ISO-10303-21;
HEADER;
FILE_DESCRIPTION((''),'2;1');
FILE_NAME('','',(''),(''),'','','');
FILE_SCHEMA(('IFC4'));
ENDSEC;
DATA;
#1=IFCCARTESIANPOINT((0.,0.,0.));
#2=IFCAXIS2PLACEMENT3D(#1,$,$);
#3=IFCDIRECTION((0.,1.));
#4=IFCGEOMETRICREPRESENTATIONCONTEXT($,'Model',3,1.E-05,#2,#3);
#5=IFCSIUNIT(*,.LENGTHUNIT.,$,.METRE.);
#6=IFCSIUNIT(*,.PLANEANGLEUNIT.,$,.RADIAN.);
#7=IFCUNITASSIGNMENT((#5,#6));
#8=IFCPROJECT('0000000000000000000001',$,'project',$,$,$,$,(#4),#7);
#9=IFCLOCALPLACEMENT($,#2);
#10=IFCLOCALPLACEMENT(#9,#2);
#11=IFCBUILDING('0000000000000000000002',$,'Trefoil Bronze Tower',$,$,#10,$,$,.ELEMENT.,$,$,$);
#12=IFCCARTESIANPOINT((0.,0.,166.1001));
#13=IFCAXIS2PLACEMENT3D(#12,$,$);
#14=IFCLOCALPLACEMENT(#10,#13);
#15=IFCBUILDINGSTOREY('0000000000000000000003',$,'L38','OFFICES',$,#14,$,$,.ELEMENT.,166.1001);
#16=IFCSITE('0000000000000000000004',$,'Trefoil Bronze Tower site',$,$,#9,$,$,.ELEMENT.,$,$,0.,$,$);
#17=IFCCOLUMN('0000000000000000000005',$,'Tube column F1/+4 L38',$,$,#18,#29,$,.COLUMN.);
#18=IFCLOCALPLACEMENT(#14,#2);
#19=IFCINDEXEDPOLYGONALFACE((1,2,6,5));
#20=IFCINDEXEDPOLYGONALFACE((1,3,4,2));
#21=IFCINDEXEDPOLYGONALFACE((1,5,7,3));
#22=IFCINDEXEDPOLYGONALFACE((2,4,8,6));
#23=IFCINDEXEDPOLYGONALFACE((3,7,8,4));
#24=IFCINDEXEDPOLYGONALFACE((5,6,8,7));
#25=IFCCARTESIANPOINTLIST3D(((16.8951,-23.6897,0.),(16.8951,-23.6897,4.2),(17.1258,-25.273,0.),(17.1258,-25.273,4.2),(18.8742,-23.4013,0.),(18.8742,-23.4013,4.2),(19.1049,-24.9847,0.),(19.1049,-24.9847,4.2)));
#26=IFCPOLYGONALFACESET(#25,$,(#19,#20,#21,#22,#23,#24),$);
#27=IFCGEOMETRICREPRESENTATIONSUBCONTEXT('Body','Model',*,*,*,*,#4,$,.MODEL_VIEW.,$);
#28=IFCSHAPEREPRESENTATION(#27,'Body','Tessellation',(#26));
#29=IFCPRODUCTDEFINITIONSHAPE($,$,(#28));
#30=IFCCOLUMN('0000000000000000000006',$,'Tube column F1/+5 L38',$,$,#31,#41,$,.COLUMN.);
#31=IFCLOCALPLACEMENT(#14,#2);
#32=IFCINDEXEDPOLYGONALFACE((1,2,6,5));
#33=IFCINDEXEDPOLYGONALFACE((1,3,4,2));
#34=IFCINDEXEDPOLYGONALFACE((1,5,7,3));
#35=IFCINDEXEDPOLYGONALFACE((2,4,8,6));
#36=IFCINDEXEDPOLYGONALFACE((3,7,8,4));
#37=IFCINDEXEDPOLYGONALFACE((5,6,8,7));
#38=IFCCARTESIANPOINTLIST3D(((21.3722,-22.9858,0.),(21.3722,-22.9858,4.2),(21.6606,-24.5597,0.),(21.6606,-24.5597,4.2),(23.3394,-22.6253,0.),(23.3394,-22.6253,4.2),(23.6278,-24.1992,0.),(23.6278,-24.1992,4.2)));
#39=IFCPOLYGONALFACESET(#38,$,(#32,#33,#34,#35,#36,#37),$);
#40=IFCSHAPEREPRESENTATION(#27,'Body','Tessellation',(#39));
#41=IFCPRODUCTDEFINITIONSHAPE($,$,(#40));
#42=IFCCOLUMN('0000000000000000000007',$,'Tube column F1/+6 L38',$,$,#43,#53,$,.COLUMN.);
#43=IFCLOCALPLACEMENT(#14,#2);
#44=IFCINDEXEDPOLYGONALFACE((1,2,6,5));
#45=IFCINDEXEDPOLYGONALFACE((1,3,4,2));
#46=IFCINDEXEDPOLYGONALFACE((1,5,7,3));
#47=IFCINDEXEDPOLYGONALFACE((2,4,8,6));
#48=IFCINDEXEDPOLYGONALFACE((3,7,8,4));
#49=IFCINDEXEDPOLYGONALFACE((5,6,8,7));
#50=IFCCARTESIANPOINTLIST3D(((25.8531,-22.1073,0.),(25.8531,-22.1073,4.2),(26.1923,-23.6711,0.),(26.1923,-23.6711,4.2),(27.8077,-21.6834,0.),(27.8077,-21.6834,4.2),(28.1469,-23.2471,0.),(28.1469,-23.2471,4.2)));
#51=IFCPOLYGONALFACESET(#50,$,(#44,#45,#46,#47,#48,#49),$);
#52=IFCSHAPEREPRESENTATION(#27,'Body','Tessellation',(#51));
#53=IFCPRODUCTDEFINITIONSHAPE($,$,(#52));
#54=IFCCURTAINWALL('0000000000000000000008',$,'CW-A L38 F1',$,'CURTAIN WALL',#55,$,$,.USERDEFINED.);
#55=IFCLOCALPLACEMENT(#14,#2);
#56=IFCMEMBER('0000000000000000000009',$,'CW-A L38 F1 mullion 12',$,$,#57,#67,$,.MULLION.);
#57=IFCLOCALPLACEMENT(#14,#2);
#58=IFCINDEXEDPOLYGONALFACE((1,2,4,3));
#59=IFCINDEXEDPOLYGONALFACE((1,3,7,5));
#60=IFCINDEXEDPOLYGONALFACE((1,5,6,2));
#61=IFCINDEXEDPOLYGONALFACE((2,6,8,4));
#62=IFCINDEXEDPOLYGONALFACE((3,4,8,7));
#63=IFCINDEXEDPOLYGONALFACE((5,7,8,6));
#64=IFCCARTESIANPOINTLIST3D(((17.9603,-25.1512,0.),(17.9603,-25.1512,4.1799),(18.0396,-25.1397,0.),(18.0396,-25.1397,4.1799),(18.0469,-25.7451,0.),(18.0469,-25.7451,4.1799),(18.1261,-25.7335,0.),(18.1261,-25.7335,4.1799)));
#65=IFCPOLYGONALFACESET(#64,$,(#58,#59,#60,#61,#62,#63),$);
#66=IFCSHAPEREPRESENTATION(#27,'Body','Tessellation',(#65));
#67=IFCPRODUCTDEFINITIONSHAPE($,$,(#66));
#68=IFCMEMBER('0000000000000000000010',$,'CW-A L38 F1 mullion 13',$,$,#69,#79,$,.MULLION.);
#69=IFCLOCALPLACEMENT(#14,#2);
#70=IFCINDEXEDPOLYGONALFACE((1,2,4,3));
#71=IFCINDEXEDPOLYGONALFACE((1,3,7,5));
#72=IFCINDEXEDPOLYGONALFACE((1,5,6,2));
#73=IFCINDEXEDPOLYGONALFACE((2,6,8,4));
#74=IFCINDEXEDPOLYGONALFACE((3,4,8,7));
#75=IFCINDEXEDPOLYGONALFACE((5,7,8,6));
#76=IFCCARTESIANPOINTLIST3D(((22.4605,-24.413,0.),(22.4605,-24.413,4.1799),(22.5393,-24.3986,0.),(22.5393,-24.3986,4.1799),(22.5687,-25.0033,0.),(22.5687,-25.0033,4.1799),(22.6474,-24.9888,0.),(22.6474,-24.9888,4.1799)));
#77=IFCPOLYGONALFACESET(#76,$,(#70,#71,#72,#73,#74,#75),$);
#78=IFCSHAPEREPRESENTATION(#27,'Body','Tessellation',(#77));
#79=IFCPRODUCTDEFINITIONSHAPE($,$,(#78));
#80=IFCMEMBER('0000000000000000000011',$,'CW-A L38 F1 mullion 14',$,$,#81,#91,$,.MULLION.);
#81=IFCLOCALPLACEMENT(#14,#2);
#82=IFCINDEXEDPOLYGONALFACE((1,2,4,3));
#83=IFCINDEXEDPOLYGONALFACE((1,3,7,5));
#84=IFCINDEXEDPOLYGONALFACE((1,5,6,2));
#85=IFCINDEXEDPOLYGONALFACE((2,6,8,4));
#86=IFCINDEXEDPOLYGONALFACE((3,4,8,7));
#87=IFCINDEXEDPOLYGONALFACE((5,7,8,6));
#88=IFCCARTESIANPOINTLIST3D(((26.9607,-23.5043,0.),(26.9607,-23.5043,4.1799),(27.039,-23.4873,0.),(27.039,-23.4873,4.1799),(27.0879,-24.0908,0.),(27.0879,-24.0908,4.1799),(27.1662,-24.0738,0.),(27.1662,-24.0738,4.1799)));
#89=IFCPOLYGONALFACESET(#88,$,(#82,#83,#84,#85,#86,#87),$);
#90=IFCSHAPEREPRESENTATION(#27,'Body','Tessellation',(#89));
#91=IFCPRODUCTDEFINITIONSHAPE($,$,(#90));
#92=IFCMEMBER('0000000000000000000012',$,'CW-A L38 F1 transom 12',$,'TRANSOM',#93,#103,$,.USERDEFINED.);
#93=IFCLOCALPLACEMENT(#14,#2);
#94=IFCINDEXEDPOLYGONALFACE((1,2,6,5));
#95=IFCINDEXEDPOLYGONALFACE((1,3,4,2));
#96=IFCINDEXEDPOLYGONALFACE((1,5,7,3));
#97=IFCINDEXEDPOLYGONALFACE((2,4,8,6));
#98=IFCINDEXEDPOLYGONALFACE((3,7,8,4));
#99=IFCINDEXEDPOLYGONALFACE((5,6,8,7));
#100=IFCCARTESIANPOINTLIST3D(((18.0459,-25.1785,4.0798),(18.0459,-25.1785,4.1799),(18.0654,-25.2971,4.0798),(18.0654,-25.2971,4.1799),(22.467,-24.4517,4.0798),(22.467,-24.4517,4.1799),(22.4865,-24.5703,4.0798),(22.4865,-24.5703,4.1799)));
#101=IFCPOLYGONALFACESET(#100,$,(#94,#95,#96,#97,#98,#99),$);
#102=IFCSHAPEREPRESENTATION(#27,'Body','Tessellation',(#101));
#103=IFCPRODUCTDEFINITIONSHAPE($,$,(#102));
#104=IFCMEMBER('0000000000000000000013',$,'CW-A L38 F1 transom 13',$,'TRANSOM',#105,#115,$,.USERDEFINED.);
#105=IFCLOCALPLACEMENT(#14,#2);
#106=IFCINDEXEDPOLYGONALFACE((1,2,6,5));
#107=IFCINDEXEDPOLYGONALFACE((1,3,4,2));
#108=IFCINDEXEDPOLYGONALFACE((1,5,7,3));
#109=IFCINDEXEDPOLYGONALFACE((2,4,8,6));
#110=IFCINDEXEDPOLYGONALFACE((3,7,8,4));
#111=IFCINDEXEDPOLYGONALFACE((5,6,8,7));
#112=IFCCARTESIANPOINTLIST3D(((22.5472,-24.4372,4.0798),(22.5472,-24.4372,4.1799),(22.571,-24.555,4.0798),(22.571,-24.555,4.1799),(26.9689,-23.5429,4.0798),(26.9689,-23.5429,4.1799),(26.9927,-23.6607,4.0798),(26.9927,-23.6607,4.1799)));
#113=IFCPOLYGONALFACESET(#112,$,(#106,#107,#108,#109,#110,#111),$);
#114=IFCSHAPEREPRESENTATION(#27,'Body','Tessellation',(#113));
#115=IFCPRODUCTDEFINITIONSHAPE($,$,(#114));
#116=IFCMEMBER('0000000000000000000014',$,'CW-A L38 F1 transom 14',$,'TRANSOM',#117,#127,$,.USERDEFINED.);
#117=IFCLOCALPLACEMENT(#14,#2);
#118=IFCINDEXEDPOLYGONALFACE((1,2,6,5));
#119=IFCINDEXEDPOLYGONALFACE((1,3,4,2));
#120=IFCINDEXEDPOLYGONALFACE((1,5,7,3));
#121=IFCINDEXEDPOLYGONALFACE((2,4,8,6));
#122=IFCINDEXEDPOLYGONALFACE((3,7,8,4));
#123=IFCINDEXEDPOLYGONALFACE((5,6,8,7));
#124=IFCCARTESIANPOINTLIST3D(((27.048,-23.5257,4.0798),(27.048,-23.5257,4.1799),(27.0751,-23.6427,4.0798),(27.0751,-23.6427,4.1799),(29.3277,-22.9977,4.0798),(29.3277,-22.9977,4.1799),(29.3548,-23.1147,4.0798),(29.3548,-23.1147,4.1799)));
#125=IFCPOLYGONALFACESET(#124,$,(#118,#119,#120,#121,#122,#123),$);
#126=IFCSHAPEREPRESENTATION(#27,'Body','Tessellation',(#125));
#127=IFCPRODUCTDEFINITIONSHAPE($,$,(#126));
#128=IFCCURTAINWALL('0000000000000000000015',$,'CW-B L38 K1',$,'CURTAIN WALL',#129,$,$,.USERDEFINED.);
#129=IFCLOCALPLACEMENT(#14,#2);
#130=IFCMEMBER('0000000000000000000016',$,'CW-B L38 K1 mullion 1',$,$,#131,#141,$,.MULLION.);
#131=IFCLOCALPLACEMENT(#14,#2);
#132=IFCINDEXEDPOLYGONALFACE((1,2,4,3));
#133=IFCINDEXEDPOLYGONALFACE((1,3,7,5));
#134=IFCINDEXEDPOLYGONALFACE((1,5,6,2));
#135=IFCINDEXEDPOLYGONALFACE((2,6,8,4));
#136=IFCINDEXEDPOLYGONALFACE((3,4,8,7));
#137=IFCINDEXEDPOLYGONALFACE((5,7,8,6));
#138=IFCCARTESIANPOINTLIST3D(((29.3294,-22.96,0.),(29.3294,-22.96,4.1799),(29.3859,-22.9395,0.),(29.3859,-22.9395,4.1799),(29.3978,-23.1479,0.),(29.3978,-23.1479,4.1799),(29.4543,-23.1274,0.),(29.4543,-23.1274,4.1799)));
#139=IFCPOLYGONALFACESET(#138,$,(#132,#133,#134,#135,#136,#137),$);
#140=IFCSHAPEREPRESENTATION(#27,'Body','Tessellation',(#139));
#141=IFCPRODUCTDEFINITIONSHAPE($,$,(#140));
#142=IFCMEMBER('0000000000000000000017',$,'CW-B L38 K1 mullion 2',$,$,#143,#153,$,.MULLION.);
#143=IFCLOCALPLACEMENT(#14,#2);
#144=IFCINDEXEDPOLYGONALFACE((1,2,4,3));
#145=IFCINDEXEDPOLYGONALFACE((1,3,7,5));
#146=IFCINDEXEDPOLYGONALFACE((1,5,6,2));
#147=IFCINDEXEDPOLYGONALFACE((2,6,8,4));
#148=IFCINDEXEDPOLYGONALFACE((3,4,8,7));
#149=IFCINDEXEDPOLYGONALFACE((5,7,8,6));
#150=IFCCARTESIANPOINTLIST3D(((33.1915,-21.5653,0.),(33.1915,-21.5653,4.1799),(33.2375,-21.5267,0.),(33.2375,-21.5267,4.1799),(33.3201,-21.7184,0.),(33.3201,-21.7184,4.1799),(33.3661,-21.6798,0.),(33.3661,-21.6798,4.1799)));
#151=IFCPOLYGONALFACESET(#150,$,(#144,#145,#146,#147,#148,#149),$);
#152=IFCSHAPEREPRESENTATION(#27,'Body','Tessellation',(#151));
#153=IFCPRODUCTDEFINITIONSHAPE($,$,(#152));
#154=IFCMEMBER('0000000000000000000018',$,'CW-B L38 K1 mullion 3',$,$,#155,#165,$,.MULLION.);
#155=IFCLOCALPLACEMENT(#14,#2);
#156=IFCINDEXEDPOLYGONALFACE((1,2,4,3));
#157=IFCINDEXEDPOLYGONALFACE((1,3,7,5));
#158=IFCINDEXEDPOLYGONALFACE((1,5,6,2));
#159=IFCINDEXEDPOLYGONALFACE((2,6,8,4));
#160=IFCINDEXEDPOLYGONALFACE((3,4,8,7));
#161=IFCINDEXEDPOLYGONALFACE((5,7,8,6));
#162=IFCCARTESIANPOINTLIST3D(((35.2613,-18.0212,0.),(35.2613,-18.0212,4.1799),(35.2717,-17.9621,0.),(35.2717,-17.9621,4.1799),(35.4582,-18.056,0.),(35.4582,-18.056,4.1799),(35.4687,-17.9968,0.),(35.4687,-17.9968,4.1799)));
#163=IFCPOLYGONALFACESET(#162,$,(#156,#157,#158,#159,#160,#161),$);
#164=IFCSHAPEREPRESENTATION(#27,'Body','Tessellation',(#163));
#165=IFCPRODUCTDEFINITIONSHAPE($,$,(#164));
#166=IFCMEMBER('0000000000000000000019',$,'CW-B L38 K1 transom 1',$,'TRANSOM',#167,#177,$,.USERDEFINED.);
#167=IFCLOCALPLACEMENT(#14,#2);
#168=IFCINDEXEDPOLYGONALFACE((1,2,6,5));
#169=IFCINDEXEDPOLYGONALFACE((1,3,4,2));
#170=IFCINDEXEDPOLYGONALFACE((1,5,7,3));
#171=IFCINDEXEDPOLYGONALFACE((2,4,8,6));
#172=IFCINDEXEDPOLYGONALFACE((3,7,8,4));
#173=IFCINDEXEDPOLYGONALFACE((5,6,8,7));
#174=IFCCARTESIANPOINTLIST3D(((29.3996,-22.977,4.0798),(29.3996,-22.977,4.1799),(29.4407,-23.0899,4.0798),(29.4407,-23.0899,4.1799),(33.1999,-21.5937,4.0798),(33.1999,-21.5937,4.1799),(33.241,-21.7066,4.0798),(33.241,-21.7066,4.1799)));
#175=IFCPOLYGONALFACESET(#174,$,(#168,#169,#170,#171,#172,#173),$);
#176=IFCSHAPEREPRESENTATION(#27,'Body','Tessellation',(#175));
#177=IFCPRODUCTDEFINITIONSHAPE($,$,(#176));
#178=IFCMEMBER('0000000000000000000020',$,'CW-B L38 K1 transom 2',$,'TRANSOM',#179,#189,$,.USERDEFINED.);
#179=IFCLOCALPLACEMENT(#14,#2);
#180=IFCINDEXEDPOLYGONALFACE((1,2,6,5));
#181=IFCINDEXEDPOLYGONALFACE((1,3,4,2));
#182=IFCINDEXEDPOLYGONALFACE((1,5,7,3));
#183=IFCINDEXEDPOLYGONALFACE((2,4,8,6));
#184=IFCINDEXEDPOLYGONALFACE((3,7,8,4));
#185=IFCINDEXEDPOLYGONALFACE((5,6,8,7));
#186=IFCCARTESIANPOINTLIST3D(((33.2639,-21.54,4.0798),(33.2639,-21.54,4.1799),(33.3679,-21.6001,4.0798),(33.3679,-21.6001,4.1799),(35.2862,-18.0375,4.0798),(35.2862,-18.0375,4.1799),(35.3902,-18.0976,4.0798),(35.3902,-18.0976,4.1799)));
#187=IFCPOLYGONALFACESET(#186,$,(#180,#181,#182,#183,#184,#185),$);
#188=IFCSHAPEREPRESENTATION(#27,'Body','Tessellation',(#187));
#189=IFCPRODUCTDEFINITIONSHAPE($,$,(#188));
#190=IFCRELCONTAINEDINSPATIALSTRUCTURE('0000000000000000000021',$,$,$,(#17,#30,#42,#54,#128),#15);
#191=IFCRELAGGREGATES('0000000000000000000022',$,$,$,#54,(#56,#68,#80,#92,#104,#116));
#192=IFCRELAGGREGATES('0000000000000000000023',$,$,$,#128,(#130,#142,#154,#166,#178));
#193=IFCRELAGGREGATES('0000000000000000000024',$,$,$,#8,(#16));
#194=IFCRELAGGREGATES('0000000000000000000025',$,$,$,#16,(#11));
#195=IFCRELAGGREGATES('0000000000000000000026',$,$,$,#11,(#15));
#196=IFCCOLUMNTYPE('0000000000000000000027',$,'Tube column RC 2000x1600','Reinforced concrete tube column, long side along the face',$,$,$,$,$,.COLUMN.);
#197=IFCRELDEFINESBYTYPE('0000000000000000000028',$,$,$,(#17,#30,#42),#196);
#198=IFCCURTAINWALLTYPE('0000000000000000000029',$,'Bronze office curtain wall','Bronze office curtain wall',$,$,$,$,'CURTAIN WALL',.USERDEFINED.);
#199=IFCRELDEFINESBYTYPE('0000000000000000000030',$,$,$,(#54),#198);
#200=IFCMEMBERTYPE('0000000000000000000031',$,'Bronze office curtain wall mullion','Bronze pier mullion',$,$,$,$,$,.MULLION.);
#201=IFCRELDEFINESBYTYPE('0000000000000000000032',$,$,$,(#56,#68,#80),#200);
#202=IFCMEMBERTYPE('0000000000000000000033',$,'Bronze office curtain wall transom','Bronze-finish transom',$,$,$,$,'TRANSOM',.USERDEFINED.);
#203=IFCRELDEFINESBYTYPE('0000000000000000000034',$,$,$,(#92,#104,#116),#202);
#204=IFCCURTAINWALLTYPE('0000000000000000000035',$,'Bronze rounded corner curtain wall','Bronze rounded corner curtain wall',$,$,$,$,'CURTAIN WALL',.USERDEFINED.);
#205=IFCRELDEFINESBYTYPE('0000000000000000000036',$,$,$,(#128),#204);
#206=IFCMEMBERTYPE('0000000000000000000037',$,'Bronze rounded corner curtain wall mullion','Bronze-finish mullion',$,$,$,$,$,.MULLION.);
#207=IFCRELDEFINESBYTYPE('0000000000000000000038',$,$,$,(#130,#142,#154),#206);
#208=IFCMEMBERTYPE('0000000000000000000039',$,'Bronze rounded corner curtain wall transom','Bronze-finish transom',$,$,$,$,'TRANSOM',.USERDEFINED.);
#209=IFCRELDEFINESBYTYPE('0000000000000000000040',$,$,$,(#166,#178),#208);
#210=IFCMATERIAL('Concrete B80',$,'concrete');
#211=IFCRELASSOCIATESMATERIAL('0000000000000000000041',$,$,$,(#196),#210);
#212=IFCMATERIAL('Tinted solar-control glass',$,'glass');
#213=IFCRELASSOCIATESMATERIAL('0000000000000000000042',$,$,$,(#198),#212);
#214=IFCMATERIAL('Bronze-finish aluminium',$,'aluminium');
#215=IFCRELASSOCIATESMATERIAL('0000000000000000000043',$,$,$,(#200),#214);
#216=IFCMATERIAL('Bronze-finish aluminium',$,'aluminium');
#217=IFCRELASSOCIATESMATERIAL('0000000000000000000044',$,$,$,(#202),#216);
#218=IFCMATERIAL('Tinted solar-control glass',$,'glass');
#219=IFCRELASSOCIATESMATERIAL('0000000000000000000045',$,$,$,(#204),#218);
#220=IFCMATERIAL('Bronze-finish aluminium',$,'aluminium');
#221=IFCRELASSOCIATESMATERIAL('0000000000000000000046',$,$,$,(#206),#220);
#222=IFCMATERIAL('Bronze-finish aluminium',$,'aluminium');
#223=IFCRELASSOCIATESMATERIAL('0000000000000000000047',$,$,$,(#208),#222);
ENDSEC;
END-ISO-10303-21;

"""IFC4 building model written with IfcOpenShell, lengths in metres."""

from ifc_helpers import new_model, si_unit, direction, frame, origin, origin_2d, place, context, subcontext, project, spatial, rectangle, extrude, material, material_profile, profile_set, type_object, element, aggregate, save


model = new_model("IFC4")

# Units and contexts
model_context = context("Model", 3, precision=1e-05, world=origin(), true_north=direction((0.0, 1.0)))
body_context = subcontext(model_context, "Body", "Model", "MODEL_VIEW")
ifc_project = project(units=[si_unit("LENGTHUNIT", "METRE"), si_unit("PLANEANGLEUNIT", "RADIAN")], contexts=[model_context])

# Site, building, storey
site_placement = place(None, origin())
site = spatial("IfcSite", under=ifc_project, at=site_placement, Name="Trefoil Bronze Tower site", CompositionType="ELEMENT", RefElevation=0.0)
building_placement = place(site_placement, origin())
building = spatial("IfcBuilding", under=site, at=building_placement, Name="Trefoil Bronze Tower", CompositionType="ELEMENT")
storey_placement = place(building_placement, frame((0.0, 0.0, 166.1001)))
storey = spatial("IfcBuildingStorey", under=building, at=storey_placement, Name="L38", Description="OFFICES", CompositionType="ELEMENT", Elevation=166.1001)

# Columns
ifc_material_1 = material(Name="Concrete B80", Category="concrete")
ifc_material_profile_1 = material_profile(ifc_material_1, rectangle(XDim=2.0, YDim=1.6001, at=origin_2d()), Name="RC 2000x1600")
ifc_profile_set_1 = profile_set([ifc_material_profile_1], Name="Concrete B80")
column_type = type_object("IfcColumnType", Name="Tube column RC 2000x1600", Description="Reinforced concrete tube column, long side along the face", PredefinedType="COLUMN", material=ifc_profile_set_1)
for number, where, z_axis, x_axis, name in (
    (1, (18.0, -24.3372, 0.0), (0.0, 0.0, 1.0), (0.98955, 0.144192, 0.0), "Tube column F1/+4 L38"),
    (2, (22.5, -23.5925, 0.0), (0.0, 0.0, 1.0), (0.983623, 0.180241, 0.0), "Tube column F1/+5 L38"),
    (3, (27.0, -22.6772, 0.0), (0.0, 0.0, 1.0), (0.977276, 0.21197, 0.0), "Tube column F1/+6 L38"),
):
    element("IfcColumn", number, at=place(storey_placement, frame(where, z_axis=z_axis, x_axis=x_axis)), inside=storey, type_object=column_type, Name=name, PredefinedType="COLUMN", context=body_context, shape_type="SweptSolid", body=[
        extrude(rectangle(XDim=2.0, YDim=1.6001, at=origin_2d()), origin(), (0.0, 0.0, 1.0), 4.2),
    ])

# Curtain walls, members
ifc_material_2 = material(Name="Tinted solar-control glass", Category="glass")
curtain_wall_type_1 = type_object("IfcCurtainWallType", Name="Bronze office curtain wall", Description="Bronze office curtain wall", ElementType="CURTAIN WALL", PredefinedType="USERDEFINED", material=ifc_material_2)
curtain_wall_1_placement = place(storey_placement, origin())
curtain_wall_1 = element("IfcCurtainWall", 4, at=curtain_wall_1_placement, inside=storey, type_object=curtain_wall_type_1, Name="CW-A L38 F1", ObjectType="CURTAIN WALL", PredefinedType="USERDEFINED")
ifc_material_3 = material(Name="Bronze-finish aluminium", Category="aluminium")
ifc_material_profile_2 = material_profile(ifc_material_3, rectangle(XDim=0.6001, YDim=0.0801, at=origin_2d()), Name="CW-A mullion")
ifc_profile_set_2 = profile_set([ifc_material_profile_2], Name="Bronze-finish aluminium")
member_type_1 = type_object("IfcMemberType", Name="Bronze office curtain wall mullion", Description="Bronze pier mullion", PredefinedType="MULLION", material=ifc_profile_set_2)
member_1_placement = place(storey_placement, frame((18.0432, -25.4424, 0.0), z_axis=(0.0, 0.0, 1.0), x_axis=(-0.144192, 0.98955, 0.0)))
member_1 = element("IfcMember", 5, at=member_1_placement, type_object=member_type_1, Name="CW-A L38 F1 mullion 12", PredefinedType="MULLION", context=body_context, shape_type="SweptSolid", body=[
    extrude(rectangle(XDim=0.6001, YDim=0.0801, at=origin_2d()), origin(), (0.0, 0.0, 1.0), 4.1799),
])
member_2_placement = place(storey_placement, frame((22.554, -24.7009, 0.0), z_axis=(0.0, 0.0, 1.0), x_axis=(-0.180241, 0.983623, 0.0)))
member_2 = element("IfcMember", 6, at=member_2_placement, type_object=member_type_1, Name="CW-A L38 F1 mullion 13", PredefinedType="MULLION", context=body_context, shape_type="SweptSolid", body=[
    extrude(rectangle(XDim=0.6001, YDim=0.0801, at=origin_2d()), origin(), (0.0, 0.0, 1.0), 4.1799),
])
member_3_placement = place(storey_placement, frame((27.0635, -23.7891, 0.0), z_axis=(0.0, 0.0, 1.0), x_axis=(-0.21197, 0.977276, 0.0)))
member_3 = element("IfcMember", 7, at=member_3_placement, type_object=member_type_1, Name="CW-A L38 F1 mullion 14", PredefinedType="MULLION", context=body_context, shape_type="SweptSolid", body=[
    extrude(rectangle(XDim=0.6001, YDim=0.0801, at=origin_2d()), origin(), (0.0, 0.0, 1.0), 4.1799),
])
ifc_material_4 = material(Name="Bronze-finish aluminium", Category="aluminium")
ifc_material_profile_3 = material_profile(ifc_material_4, rectangle(XDim=0.1201, YDim=0.1001, at=origin_2d()), Name="CW-A transom")
ifc_profile_set_3 = profile_set([ifc_material_profile_3], Name="Bronze-finish aluminium")
member_type_2 = type_object("IfcMemberType", Name="Bronze office curtain wall transom", Description="Bronze-finish transom", ElementType="TRANSOM", PredefinedType="USERDEFINED", material=ifc_profile_set_3)
member_4_placement = place(storey_placement, frame((18.0557, -25.2378, 4.1299), z_axis=(0.986755, 0.162216, 0.0), x_axis=(-0.162216, 0.986755, 0.0)))
member_4 = element("IfcMember", 8, at=member_4_placement, type_object=member_type_2, Name="CW-A L38 F1 transom 12", ObjectType="TRANSOM", PredefinedType="USERDEFINED", context=body_context, shape_type="SweptSolid", body=[
    extrude(rectangle(XDim=0.1201, YDim=0.1001, at=origin_2d()), origin(), (0.0, 0.0, 1.0), 4.4805),
])
member_5_placement = place(storey_placement, frame((22.5591, -24.4961, 4.1299), z_axis=(0.980154, 0.198239, 0.0), x_axis=(-0.198239, 0.980154, 0.0)))
member_5 = element("IfcMember", 9, at=member_5_placement, type_object=member_type_2, Name="CW-A L38 F1 transom 13", ObjectType="TRANSOM", PredefinedType="USERDEFINED", context=body_context, shape_type="SweptSolid", body=[
    extrude(rectangle(XDim=0.1201, YDim=0.1001, at=origin_2d()), origin(), (0.0, 0.0, 1.0), 4.5112),
])
member_6_placement = place(storey_placement, frame((27.0615, -23.5842, 4.1299), z_axis=(0.974206, 0.225659, 0.0), x_axis=(-0.225659, 0.974206, 0.0)))
member_6 = element("IfcMember", 10, at=member_6_placement, type_object=member_type_2, Name="CW-A L38 F1 transom 14", ObjectType="TRANSOM", PredefinedType="USERDEFINED", context=body_context, shape_type="SweptSolid", body=[
    extrude(rectangle(XDim=0.1201, YDim=0.1001, at=origin_2d()), origin(), (0.0, 0.0, 1.0), 2.3401),
])
ifc_material_5 = material(Name="Tinted solar-control glass", Category="glass")
curtain_wall_type_2 = type_object("IfcCurtainWallType", Name="Bronze rounded corner curtain wall", Description="Bronze rounded corner curtain wall", ElementType="CURTAIN WALL", PredefinedType="USERDEFINED", material=ifc_material_5)
curtain_wall_2_placement = place(storey_placement, origin())
curtain_wall_2 = element("IfcCurtainWall", 11, at=curtain_wall_2_placement, inside=storey, type_object=curtain_wall_type_2, Name="CW-B L38 K1", ObjectType="CURTAIN WALL", PredefinedType="USERDEFINED")
ifc_material_6 = material(Name="Bronze-finish aluminium", Category="aluminium")
ifc_material_profile_4 = material_profile(ifc_material_6, rectangle(XDim=0.2, YDim=0.0601, at=origin_2d()), Name="CW-B mullion")
ifc_profile_set_4 = profile_set([ifc_material_profile_4], Name="Bronze-finish aluminium")
member_type_3 = type_object("IfcMemberType", Name="Bronze rounded corner curtain wall mullion", Description="Bronze-finish mullion", PredefinedType="MULLION", material=ifc_profile_set_4)
member_7_placement = place(storey_placement, frame((29.3918, -23.0437, 0.0), z_axis=(0.0, 0.0, 1.0), x_axis=(-0.34202, 0.939693, 0.0)))
member_7 = element("IfcMember", 12, at=member_7_placement, type_object=member_type_3, Name="CW-B L38 K1 mullion 1", PredefinedType="MULLION", context=body_context, shape_type="SweptSolid", body=[
    extrude(rectangle(XDim=0.2, YDim=0.0601, at=origin_2d()), origin(), (0.0, 0.0, 1.0), 4.1799),
])
member_8_placement = place(storey_placement, frame((33.2788, -21.6226, 0.0), z_axis=(0.0, 0.0, 1.0), x_axis=(-0.642788, 0.766044, 0.0)))
member_8 = element("IfcMember", 13, at=member_8_placement, type_object=member_type_3, Name="CW-B L38 K1 mullion 2", PredefinedType="MULLION", context=body_context, shape_type="SweptSolid", body=[
    extrude(rectangle(XDim=0.2, YDim=0.0601, at=origin_2d()), origin(), (0.0, 0.0, 1.0), 4.1799),
])
member_9_placement = place(storey_placement, frame((35.365, -18.009, 0.0), z_axis=(0.0, 0.0, 1.0), x_axis=(-0.984808, 0.173648, 0.0)))
member_9 = element("IfcMember", 14, at=member_9_placement, type_object=member_type_3, Name="CW-B L38 K1 mullion 3", PredefinedType="MULLION", context=body_context, shape_type="SweptSolid", body=[
    extrude(rectangle(XDim=0.2, YDim=0.0601, at=origin_2d()), origin(), (0.0, 0.0, 1.0), 4.1799),
])
ifc_material_7 = material(Name="Bronze-finish aluminium", Category="aluminium")
ifc_material_profile_5 = material_profile(ifc_material_7, rectangle(XDim=0.1201, YDim=0.1001, at=origin_2d()), Name="CW-B transom")
ifc_profile_set_5 = profile_set([ifc_material_profile_5], Name="Bronze-finish aluminium")
member_type_4 = type_object("IfcMemberType", Name="Bronze rounded corner curtain wall transom", Description="Bronze-finish transom", ElementType="TRANSOM", PredefinedType="USERDEFINED", material=ifc_profile_set_5)
member_10_placement = place(storey_placement, frame((29.4202, -23.0334, 4.1299), z_axis=(0.939684, 0.342044, 0.0), x_axis=(-0.342044, 0.939684, 0.0)))
member_10 = element("IfcMember", 15, at=member_10_placement, type_object=member_type_4, Name="CW-B L38 K1 transom 1", ObjectType="TRANSOM", PredefinedType="USERDEFINED", context=body_context, shape_type="SweptSolid", body=[
    extrude(rectangle(XDim=0.1201, YDim=0.1001, at=origin_2d()), origin(), (0.0, 0.0, 1.0), 4.0442),
])
member_11_placement = place(storey_placement, frame((33.3159, -21.5701, 4.1299), z_axis=(0.500015, 0.866017, 0.0), x_axis=(-0.866017, 0.500015, 0.0)))
member_11 = element("IfcMember", 16, at=member_11_placement, type_object=member_type_4, Name="CW-B L38 K1 transom 2", ObjectType="TRANSOM", PredefinedType="USERDEFINED", context=body_context, shape_type="SweptSolid", body=[
    extrude(rectangle(XDim=0.1201, YDim=0.1001, at=origin_2d()), origin(), (0.0, 0.0, 1.0), 4.0444),
])

aggregate(curtain_wall_1, [member_1, member_2, member_3, member_4, member_5, member_6])
aggregate(curtain_wall_2, [member_7, member_8, member_9, member_10, member_11])

save(model, "model.ifc")
